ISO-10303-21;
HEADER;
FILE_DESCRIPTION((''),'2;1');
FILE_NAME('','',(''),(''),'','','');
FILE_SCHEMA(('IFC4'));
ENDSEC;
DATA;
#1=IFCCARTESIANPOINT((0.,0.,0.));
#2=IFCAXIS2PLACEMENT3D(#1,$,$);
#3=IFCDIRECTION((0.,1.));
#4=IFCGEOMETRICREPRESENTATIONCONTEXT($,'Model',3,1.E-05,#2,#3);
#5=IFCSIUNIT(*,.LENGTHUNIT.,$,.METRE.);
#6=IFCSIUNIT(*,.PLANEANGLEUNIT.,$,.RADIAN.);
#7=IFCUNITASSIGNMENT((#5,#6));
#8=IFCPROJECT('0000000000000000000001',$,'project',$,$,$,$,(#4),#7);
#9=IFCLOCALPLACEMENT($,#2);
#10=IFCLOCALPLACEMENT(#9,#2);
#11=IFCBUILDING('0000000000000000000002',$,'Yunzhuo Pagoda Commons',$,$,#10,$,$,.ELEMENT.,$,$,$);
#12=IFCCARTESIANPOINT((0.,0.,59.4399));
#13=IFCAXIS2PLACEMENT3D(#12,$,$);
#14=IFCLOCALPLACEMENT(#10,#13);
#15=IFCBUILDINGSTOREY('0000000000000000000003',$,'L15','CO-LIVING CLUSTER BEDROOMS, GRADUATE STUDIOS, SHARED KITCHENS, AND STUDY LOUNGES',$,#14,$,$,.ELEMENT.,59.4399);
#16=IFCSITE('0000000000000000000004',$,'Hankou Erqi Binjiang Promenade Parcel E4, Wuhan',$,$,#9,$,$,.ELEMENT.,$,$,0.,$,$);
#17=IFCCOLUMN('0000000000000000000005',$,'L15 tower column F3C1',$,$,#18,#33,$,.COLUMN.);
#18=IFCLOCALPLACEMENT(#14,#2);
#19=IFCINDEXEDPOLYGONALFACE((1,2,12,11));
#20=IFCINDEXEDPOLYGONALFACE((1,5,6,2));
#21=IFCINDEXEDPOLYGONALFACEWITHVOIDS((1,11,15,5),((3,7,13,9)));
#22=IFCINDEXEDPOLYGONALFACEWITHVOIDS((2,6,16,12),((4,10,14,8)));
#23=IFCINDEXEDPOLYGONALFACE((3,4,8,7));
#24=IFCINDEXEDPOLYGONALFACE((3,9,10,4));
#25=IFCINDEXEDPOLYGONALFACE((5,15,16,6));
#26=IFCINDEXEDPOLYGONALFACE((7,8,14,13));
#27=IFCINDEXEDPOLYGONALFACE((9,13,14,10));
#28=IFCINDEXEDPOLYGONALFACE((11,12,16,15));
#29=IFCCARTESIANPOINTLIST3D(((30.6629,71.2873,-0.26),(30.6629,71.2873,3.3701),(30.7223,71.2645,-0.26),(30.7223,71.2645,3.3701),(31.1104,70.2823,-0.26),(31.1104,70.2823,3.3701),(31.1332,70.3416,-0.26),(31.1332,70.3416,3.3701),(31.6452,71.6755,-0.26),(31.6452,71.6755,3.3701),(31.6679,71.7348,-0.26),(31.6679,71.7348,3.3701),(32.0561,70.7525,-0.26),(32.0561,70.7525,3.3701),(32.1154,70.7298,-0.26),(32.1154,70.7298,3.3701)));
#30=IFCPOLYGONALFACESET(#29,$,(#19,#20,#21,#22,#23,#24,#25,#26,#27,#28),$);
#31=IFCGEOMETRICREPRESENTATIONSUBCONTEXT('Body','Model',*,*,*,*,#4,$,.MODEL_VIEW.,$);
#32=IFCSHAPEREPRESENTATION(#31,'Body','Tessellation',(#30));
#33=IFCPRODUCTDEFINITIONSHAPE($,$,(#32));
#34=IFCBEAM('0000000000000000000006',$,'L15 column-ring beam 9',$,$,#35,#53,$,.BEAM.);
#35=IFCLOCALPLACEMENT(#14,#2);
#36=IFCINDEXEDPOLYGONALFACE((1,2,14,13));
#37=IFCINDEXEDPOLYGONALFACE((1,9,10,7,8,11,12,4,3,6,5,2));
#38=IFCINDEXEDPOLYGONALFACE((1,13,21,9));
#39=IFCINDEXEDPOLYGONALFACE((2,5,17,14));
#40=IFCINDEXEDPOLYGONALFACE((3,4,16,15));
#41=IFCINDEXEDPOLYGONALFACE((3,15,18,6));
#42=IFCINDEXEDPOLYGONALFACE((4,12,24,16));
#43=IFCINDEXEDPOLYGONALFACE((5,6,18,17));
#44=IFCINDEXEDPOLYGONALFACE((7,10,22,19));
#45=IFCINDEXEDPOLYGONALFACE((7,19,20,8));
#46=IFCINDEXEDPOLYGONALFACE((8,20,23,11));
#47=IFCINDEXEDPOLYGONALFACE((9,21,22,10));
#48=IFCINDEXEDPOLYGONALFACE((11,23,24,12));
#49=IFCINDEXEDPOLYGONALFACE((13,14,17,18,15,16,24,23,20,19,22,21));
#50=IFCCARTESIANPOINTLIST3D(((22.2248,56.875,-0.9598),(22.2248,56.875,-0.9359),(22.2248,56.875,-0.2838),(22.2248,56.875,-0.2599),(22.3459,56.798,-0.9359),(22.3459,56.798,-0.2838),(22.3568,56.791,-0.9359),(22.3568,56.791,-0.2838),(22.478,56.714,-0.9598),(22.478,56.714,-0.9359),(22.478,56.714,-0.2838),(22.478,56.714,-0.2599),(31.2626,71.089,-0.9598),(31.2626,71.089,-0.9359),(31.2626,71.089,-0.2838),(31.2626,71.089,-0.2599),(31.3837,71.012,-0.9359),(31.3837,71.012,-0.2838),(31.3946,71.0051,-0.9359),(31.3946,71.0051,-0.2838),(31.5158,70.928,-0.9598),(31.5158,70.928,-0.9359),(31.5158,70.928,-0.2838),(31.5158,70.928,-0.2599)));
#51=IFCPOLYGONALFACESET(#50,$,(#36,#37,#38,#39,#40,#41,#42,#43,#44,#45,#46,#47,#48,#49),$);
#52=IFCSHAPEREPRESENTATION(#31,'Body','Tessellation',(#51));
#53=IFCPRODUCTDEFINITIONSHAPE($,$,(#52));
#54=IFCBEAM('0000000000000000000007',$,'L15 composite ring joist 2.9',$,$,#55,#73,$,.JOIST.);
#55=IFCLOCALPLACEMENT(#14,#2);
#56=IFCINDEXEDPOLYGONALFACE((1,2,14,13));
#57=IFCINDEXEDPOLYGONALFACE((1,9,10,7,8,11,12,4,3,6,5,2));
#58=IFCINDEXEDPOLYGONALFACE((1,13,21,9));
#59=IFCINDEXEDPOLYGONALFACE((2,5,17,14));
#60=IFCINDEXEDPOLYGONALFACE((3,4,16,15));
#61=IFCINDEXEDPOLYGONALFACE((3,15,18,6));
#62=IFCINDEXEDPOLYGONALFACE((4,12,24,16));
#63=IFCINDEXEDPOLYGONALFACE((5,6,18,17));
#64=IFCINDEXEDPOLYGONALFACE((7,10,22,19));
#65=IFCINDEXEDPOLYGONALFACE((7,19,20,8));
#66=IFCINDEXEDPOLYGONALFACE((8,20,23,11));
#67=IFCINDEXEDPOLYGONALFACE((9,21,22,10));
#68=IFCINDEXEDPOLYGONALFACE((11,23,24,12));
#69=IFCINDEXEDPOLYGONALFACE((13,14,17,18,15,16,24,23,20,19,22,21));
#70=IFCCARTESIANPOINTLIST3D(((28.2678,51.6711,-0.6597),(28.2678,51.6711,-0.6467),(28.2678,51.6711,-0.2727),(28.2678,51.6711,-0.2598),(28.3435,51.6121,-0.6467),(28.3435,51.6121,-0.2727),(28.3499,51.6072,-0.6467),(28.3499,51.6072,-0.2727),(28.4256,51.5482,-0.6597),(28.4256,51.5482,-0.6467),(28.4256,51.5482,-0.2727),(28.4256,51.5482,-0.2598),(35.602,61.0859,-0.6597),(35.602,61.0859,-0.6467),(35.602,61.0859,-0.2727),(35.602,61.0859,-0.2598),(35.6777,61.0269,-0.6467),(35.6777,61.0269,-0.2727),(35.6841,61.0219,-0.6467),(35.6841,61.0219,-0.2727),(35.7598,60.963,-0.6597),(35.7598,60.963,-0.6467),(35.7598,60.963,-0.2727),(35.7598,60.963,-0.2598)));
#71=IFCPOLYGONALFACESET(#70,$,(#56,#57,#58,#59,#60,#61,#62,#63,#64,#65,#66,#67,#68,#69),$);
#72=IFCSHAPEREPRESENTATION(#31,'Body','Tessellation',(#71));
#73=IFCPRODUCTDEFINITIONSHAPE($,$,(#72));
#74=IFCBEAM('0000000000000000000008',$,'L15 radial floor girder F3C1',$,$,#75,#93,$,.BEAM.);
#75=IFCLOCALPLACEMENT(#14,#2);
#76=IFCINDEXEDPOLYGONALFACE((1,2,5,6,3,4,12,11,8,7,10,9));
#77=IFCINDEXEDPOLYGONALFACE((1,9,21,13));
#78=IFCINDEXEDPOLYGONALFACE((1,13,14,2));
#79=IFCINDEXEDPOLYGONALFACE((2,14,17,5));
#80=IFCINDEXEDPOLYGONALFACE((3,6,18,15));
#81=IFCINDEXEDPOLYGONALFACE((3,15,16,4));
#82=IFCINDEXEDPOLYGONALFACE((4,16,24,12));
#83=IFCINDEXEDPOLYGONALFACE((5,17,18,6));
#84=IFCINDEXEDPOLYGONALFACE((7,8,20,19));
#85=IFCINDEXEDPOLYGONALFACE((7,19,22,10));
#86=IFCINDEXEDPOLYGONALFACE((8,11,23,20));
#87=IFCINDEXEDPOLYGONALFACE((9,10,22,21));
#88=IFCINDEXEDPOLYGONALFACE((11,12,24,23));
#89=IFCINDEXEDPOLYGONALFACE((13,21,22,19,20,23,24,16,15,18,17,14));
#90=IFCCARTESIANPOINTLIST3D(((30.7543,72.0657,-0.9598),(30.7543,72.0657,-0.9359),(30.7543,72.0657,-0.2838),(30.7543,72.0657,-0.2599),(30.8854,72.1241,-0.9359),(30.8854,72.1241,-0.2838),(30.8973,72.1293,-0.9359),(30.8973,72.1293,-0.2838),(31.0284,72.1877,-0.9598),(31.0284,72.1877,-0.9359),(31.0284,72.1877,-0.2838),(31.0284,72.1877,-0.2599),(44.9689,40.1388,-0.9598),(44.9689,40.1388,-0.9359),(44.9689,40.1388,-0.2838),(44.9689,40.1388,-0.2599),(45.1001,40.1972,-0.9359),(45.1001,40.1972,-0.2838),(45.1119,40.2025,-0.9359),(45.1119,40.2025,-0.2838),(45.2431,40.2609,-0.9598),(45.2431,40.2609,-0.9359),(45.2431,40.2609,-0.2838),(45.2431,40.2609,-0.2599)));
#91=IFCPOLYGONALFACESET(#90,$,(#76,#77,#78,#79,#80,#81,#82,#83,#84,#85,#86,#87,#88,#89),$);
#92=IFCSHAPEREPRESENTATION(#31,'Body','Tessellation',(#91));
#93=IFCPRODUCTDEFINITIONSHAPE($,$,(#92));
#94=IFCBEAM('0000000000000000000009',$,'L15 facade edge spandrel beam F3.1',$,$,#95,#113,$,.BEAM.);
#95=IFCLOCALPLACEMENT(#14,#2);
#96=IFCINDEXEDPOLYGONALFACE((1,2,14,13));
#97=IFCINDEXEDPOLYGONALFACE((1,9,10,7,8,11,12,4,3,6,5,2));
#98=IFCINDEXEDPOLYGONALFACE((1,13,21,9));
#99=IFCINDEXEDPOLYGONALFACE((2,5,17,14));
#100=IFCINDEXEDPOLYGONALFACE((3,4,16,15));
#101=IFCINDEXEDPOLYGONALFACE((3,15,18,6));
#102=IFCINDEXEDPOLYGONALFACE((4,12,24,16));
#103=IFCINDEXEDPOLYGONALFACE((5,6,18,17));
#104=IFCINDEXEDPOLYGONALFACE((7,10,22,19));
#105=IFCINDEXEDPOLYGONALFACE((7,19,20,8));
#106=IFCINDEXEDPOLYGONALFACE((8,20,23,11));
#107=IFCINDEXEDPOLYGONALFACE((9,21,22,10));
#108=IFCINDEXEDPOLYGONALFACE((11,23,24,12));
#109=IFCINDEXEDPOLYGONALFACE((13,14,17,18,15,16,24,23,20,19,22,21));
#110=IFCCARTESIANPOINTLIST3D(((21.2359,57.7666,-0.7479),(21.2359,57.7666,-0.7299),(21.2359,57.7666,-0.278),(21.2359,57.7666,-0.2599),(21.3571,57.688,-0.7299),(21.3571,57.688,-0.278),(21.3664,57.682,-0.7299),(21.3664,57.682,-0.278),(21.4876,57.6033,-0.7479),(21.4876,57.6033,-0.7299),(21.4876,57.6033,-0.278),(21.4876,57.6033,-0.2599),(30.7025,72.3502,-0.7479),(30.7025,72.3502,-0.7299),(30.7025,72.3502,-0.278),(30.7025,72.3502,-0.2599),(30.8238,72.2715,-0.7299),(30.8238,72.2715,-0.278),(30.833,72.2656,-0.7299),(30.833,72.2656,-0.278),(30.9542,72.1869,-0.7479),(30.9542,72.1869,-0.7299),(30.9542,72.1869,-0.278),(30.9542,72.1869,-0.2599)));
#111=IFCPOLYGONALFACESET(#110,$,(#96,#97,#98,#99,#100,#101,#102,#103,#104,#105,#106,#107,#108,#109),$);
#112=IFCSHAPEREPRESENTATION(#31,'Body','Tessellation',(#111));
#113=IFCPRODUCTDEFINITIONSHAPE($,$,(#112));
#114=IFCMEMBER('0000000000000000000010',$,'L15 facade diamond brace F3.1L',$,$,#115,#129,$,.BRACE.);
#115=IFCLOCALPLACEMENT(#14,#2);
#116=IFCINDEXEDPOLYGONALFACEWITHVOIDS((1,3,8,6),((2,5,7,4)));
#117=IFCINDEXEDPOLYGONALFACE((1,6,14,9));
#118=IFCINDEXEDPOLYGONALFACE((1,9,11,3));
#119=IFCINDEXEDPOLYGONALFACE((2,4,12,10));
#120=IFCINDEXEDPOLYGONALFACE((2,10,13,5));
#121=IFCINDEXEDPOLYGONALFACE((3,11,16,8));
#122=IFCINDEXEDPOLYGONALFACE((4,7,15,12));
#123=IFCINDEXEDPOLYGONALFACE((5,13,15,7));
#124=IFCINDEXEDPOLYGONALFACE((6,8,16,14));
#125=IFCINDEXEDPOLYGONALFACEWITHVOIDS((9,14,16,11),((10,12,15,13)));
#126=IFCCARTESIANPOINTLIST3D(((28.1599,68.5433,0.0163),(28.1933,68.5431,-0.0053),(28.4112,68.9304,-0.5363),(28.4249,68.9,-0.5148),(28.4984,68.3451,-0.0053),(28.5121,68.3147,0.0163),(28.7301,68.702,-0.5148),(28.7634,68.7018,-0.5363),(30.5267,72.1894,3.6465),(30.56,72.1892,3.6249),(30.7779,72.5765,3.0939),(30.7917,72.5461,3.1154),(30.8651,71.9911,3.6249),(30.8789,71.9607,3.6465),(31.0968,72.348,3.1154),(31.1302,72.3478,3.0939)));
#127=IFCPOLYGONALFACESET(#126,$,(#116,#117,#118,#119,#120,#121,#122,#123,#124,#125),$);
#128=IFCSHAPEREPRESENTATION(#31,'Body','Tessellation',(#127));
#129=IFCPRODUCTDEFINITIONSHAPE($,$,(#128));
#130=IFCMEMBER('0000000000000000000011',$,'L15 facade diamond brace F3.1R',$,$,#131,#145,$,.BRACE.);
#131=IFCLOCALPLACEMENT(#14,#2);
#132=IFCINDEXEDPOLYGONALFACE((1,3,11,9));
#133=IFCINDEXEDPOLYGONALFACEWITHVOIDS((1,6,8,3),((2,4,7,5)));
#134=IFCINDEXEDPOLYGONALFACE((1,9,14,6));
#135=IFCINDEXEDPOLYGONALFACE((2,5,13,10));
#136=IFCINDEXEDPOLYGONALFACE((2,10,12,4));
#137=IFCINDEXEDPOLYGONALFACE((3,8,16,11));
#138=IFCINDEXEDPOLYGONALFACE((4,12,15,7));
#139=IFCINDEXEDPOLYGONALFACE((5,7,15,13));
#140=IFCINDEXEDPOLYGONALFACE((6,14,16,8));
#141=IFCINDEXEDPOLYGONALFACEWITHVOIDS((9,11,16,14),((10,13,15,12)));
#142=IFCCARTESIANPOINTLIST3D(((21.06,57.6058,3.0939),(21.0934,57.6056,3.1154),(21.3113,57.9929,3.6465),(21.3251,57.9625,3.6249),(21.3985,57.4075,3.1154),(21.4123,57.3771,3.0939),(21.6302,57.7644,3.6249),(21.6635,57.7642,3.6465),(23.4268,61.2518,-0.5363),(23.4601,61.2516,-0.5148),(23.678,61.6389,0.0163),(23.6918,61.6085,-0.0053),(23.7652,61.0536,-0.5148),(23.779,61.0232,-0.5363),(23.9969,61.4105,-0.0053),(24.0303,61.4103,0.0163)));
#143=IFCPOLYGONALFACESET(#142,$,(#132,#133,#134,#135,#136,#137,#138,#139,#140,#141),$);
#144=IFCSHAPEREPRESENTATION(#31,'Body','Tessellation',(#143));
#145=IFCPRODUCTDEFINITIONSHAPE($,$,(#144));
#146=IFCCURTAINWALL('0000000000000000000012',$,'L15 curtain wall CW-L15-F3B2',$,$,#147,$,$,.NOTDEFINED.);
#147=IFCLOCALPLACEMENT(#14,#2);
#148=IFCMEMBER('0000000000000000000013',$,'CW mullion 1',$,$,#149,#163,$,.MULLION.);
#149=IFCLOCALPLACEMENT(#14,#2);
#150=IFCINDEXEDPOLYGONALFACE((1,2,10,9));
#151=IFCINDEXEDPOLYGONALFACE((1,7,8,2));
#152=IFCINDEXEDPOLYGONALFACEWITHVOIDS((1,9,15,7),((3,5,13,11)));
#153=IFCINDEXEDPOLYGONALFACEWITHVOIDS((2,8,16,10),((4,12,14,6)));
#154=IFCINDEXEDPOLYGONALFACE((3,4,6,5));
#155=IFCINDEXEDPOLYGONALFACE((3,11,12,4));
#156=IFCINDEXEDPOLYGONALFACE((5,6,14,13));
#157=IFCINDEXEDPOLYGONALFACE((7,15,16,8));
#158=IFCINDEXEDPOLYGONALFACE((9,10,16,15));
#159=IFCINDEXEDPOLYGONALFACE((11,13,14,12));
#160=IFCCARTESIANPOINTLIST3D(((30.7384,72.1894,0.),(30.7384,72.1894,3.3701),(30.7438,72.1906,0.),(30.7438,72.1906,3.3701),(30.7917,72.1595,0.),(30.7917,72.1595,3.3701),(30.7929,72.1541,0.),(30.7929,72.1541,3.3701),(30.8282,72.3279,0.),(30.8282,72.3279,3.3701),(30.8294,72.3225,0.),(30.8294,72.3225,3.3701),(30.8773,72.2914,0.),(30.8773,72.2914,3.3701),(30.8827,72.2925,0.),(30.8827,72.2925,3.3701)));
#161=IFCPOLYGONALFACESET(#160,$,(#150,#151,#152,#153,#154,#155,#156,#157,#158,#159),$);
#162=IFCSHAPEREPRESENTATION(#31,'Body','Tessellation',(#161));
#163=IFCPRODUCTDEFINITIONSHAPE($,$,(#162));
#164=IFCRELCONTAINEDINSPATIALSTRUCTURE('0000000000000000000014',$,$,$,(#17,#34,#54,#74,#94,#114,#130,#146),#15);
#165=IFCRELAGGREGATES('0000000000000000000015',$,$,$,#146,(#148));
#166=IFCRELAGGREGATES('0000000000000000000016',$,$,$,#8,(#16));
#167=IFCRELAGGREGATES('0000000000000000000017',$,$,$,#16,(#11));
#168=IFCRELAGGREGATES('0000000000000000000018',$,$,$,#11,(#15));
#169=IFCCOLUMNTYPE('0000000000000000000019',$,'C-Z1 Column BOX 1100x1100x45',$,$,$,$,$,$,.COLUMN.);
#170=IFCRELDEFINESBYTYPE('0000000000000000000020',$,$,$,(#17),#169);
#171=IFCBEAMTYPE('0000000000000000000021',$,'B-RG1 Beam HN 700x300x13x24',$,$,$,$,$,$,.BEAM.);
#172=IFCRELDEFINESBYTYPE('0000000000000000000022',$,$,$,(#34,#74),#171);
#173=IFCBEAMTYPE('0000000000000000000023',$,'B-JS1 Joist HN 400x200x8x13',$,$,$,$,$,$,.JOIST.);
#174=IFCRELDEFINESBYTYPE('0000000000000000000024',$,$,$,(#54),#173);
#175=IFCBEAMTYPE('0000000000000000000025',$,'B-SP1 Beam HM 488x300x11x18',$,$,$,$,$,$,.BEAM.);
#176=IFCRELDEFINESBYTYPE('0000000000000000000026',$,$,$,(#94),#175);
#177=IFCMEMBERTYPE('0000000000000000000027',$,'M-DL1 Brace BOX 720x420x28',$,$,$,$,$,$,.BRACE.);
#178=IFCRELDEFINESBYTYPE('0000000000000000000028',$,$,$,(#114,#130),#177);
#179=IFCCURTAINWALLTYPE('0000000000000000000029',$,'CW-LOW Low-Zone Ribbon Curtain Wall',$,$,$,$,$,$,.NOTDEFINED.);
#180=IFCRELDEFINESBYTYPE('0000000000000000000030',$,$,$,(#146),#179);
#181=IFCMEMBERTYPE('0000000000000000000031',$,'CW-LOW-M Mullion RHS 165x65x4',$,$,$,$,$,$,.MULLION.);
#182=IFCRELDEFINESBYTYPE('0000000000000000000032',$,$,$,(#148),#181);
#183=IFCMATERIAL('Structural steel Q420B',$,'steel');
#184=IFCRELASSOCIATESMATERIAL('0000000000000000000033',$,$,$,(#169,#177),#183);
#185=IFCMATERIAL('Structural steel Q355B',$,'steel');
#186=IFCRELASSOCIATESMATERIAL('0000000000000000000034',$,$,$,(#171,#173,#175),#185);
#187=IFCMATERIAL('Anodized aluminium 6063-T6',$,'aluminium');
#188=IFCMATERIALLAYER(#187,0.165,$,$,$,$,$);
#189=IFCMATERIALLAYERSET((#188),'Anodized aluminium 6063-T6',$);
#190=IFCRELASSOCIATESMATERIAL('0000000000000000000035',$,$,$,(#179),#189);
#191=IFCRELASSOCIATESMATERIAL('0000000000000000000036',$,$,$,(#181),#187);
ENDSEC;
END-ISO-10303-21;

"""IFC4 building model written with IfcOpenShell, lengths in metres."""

from ifc_helpers import new_model, si_unit, direction, frame, origin, origin_2d, place, context, subcontext, project, spatial, hollow_rectangle, i_section, extrude, source, transform, mapped, material, layer, layer_set, material_profile, profile_set, type_object, element, aggregate, save


model = new_model("IFC4")

# Units and contexts
model_context = context("Model", 3, precision=1e-05, world=origin(), true_north=direction((0.0, 1.0)))
body_context = subcontext(model_context, "Body", "Model", "MODEL_VIEW")
ifc_project = project(units=[si_unit("LENGTHUNIT", "METRE"), si_unit("PLANEANGLEUNIT", "RADIAN")], contexts=[model_context])

# Site, building, storey
site_placement = place(None, origin())
site = spatial("IfcSite", under=ifc_project, at=site_placement, Name="Hankou Erqi Binjiang Promenade Parcel E4, Wuhan", CompositionType="ELEMENT", RefElevation=0.0)
building_placement = place(site_placement, origin())
building = spatial("IfcBuilding", under=site, at=building_placement, Name="Yunzhuo Pagoda Commons", CompositionType="ELEMENT")
storey_placement = place(building_placement, frame((0.0, 0.0, 59.4399)))
storey = spatial("IfcBuildingStorey", under=building, at=storey_placement, Name="L15", Description="CO-LIVING CLUSTER BEDROOMS, GRADUATE STUDIOS, SHARED KITCHENS, AND STUDY LOUNGES", CompositionType="ELEMENT", Elevation=59.4399)

# Column
ifc_material_1 = material(Name="Structural steel Q420B", Category="steel")
ifc_material_profile_1 = material_profile(ifc_material_1, hollow_rectangle(XDim=1.1001, YDim=1.1001, WallThickness=0.0449, at=origin_2d()), Name="Structural steel Q420B")
ifc_profile_set_1 = profile_set([ifc_material_profile_1], Name="Structural steel Q420B")
column_type = type_object("IfcColumnType", Name="C-Z1 Column BOX 1100x1100x45", PredefinedType="COLUMN", material=ifc_profile_set_1)
shared_shape_1 = source(origin(), body_context, "Body", "SweptSolid", [
    extrude(hollow_rectangle(XDim=1.1001, YDim=1.1001, WallThickness=0.0449, at=origin_2d()), origin(), (0.0, 0.0, 1.0), 3.6301),
])
column_placement = place(storey_placement, frame((31.3892, 71.0085, -0.26), z_axis=(0.0, 0.0, 1.0), x_axis=(-0.913545, -0.406737, 0.0)))
element("IfcColumn", 1, at=column_placement, inside=storey, type_object=column_type, Name="L15 tower column F3C1", PredefinedType="COLUMN", context=body_context, shape_type="MappedRepresentation", body=[
    mapped(shared_shape_1, transform((0.0, 0.0, 0.0), scale=1.0)),
])

# Beams
ifc_material_2 = material(Name="Structural steel Q355B", Category="steel")
ifc_material_profile_2 = material_profile(ifc_material_2, i_section(OverallWidth=0.3, OverallDepth=0.7, WebThickness=0.0129, FlangeThickness=0.0239, at=origin_2d()), Name="Structural steel Q355B")
ifc_profile_set_2 = profile_set([ifc_material_profile_2], Name="Structural steel Q355B")
beam_type_1 = type_object("IfcBeamType", Name="B-RG1 Beam HN 700x300x13x24", PredefinedType="BEAM", material=ifc_profile_set_2)
shared_shape_2 = source(origin(), body_context, "Body", "SweptSolid", [
    extrude(i_section(OverallWidth=0.3, OverallDepth=0.7, WebThickness=0.0129, FlangeThickness=0.0239, at=origin_2d()), origin(), (0.0, 0.0, 1.0), 16.844),
])
beam_1_placement = place(storey_placement, frame((31.3892, 71.0085, -0.6099), z_axis=(-0.536558, -0.843863, 0.0), x_axis=(0.843863, -0.536558, 0.0)))
element("IfcBeam", 2, at=beam_1_placement, inside=storey, type_object=beam_type_1, Name="L15 column-ring beam 9", PredefinedType="BEAM", context=body_context, shape_type="MappedRepresentation", body=[
    mapped(shared_shape_2, transform((0.0, 0.0, 0.0), scale=1.0)),
])
ifc_material_profile_3 = material_profile(ifc_material_2, i_section(OverallWidth=0.2, OverallDepth=0.3999, WebThickness=0.0081, FlangeThickness=0.0129, at=origin_2d()), Name="Structural steel Q355B")
ifc_profile_set_3 = profile_set([ifc_material_profile_3], Name="Structural steel Q355B")
beam_type_2 = type_object("IfcBeamType", Name="B-JS1 Joist HN 400x200x8x13", PredefinedType="JOIST", material=ifc_profile_set_3)
shared_shape_3 = source(origin(), body_context, "Body", "SweptSolid", [
    extrude(i_section(OverallWidth=0.2, OverallDepth=0.3999, WebThickness=0.0081, FlangeThickness=0.0129, at=origin_2d()), origin(), (0.0, 0.0, 1.0), 11.9343),
])
beam_2_placement = place(storey_placement, frame((35.6809, 61.0244, -0.4597), z_axis=(-0.614547, -0.788881, 0.0), x_axis=(0.788881, -0.614547, 0.0)))
element("IfcBeam", 3, at=beam_2_placement, inside=storey, type_object=beam_type_2, Name="L15 composite ring joist 2.9", PredefinedType="JOIST", context=body_context, shape_type="MappedRepresentation", body=[
    mapped(shared_shape_3, transform((0.0, 0.0, 0.0), scale=1.0)),
])
shared_shape_4 = source(origin(), body_context, "Body", "SweptSolid", [
    extrude(i_section(OverallWidth=0.3, OverallDepth=0.7, WebThickness=0.0129, FlangeThickness=0.0239, at=origin_2d()), origin(), (0.0, 0.0, 1.0), 34.9482),
])
beam_3_placement = place(storey_placement, frame((30.8914, 72.1267, -0.6099), z_axis=(0.406734, -0.913547, 0.0), x_axis=(0.913547, 0.406734, 0.0)))
element("IfcBeam", 4, at=beam_3_placement, inside=storey, type_object=beam_type_1, Name="L15 radial floor girder F3C1", PredefinedType="BEAM", context=body_context, shape_type="MappedRepresentation", body=[
    mapped(shared_shape_4, transform((0.0, 0.0, 0.0), scale=1.0)),
])
ifc_material_profile_4 = material_profile(ifc_material_2, i_section(OverallWidth=0.3, OverallDepth=0.488, WebThickness=0.011, FlangeThickness=0.0181, at=origin_2d()), Name="Structural steel Q355B")
ifc_profile_set_4 = profile_set([ifc_material_profile_4], Name="Structural steel Q355B")
beam_type_3 = type_object("IfcBeamType", Name="B-SP1 Beam HM 488x300x11x18", PredefinedType="BEAM", material=ifc_profile_set_4)
shared_shape_5 = source(origin(), body_context, "Body", "SweptSolid", [
    extrude(i_section(OverallWidth=0.3, OverallDepth=0.488, WebThickness=0.011, FlangeThickness=0.0181, at=origin_2d()), origin(), (0.0, 0.0, 1.0), 17.3867),
])
beam_4_placement = place(storey_placement, frame((30.8284, 72.2686, -0.5039), z_axis=(-0.544474, -0.838778, 0.0), x_axis=(0.838778, -0.544474, 0.0)))
element("IfcBeam", 5, at=beam_4_placement, inside=storey, type_object=beam_type_3, Name="L15 facade edge spandrel beam F3.1", PredefinedType="BEAM", context=body_context, shape_type="MappedRepresentation", body=[
    mapped(shared_shape_5, transform((0.0, 0.0, 0.0), scale=1.0)),
])

# Members
ifc_material_profile_5 = material_profile(ifc_material_1, hollow_rectangle(XDim=0.4199, YDim=0.72, WallThickness=0.0281, at=origin_2d()), Name="Structural steel Q420B")
ifc_profile_set_5 = profile_set([ifc_material_profile_5], Name="Structural steel Q420B")
member_type_1 = type_object("IfcMemberType", Name="M-DL1 Brace BOX 720x420x28", PredefinedType="BRACE", material=ifc_profile_set_5)
shared_shape_6 = source(origin(), body_context, "Body", "SweptSolid", [
    extrude(hollow_rectangle(XDim=0.4199, YDim=0.72, WallThickness=0.0281, at=origin_2d()), origin(), (0.0, 0.0, 1.0), 5.6633),
])
for number, where, z_axis, x_axis, name in (
    (6, (28.4617, 68.6226, -0.26), (0.417905, 0.6438, 0.640997), (-0.83878, 0.544471, 0.0), "L15 facade diamond brace F3.1L"),
    (7, (23.7285, 61.3311, -0.26), (-0.417905, -0.6438, 0.640997), (0.83878, -0.544471, 0.0), "L15 facade diamond brace F3.1R"),
):
    element("IfcMember", number, at=place(storey_placement, frame(where, z_axis=z_axis, x_axis=x_axis)), inside=storey, type_object=member_type_1, Name=name, PredefinedType="BRACE", context=body_context, shape_type="MappedRepresentation", body=[
        mapped(shared_shape_6, transform((0.0, 0.0, 0.0), scale=1.0)),
    ])

# Curtain wall, member
ifc_material_3 = material(Name="Anodized aluminium 6063-T6", Category="aluminium")
ifc_layer_1 = layer(ifc_material_3, 0.165)
ifc_layer_set_1 = layer_set([ifc_layer_1], Name="Anodized aluminium 6063-T6")
curtain_wall_type = type_object("IfcCurtainWallType", Name="CW-LOW Low-Zone Ribbon Curtain Wall", PredefinedType="NOTDEFINED", material=ifc_layer_set_1)
curtain_wall_1_placement = place(storey_placement, origin())
curtain_wall_1 = element("IfcCurtainWall", 8, at=curtain_wall_1_placement, inside=storey, type_object=curtain_wall_type, Name="L15 curtain wall CW-L15-F3B2", PredefinedType="NOTDEFINED")
ifc_material_profile_6 = material_profile(ifc_material_3, hollow_rectangle(XDim=0.0649, YDim=0.165, WallThickness=0.0039, at=origin_2d()), Name="Anodized aluminium 6063-T6")
ifc_profile_set_6 = profile_set([ifc_material_profile_6], Name="Anodized aluminium 6063-T6")
member_type_2 = type_object("IfcMemberType", Name="CW-LOW-M Mullion RHS 165x65x4", PredefinedType="MULLION", material=ifc_profile_set_6)
shared_shape_7 = source(origin(), body_context, "Body", "SweptSolid", [
    extrude(hollow_rectangle(XDim=0.0649, YDim=0.165, WallThickness=0.0039, at=origin_2d()), origin(), (0.0, 0.0, 1.0), 3.3701),
])
member_1_placement = place(storey_placement, frame((30.8105, 72.241, 0.0), z_axis=(0.0, 0.0, 1.0), x_axis=(0.838777, -0.544476, 0.0)))
member_1 = element("IfcMember", 9, at=member_1_placement, type_object=member_type_2, Name="CW mullion 1", PredefinedType="MULLION", context=body_context, shape_type="MappedRepresentation", body=[
    mapped(shared_shape_7, transform((0.0, 0.0, 0.0), scale=1.0)),
])

aggregate(curtain_wall_1, [member_1])

save(model, "model.ifc")
